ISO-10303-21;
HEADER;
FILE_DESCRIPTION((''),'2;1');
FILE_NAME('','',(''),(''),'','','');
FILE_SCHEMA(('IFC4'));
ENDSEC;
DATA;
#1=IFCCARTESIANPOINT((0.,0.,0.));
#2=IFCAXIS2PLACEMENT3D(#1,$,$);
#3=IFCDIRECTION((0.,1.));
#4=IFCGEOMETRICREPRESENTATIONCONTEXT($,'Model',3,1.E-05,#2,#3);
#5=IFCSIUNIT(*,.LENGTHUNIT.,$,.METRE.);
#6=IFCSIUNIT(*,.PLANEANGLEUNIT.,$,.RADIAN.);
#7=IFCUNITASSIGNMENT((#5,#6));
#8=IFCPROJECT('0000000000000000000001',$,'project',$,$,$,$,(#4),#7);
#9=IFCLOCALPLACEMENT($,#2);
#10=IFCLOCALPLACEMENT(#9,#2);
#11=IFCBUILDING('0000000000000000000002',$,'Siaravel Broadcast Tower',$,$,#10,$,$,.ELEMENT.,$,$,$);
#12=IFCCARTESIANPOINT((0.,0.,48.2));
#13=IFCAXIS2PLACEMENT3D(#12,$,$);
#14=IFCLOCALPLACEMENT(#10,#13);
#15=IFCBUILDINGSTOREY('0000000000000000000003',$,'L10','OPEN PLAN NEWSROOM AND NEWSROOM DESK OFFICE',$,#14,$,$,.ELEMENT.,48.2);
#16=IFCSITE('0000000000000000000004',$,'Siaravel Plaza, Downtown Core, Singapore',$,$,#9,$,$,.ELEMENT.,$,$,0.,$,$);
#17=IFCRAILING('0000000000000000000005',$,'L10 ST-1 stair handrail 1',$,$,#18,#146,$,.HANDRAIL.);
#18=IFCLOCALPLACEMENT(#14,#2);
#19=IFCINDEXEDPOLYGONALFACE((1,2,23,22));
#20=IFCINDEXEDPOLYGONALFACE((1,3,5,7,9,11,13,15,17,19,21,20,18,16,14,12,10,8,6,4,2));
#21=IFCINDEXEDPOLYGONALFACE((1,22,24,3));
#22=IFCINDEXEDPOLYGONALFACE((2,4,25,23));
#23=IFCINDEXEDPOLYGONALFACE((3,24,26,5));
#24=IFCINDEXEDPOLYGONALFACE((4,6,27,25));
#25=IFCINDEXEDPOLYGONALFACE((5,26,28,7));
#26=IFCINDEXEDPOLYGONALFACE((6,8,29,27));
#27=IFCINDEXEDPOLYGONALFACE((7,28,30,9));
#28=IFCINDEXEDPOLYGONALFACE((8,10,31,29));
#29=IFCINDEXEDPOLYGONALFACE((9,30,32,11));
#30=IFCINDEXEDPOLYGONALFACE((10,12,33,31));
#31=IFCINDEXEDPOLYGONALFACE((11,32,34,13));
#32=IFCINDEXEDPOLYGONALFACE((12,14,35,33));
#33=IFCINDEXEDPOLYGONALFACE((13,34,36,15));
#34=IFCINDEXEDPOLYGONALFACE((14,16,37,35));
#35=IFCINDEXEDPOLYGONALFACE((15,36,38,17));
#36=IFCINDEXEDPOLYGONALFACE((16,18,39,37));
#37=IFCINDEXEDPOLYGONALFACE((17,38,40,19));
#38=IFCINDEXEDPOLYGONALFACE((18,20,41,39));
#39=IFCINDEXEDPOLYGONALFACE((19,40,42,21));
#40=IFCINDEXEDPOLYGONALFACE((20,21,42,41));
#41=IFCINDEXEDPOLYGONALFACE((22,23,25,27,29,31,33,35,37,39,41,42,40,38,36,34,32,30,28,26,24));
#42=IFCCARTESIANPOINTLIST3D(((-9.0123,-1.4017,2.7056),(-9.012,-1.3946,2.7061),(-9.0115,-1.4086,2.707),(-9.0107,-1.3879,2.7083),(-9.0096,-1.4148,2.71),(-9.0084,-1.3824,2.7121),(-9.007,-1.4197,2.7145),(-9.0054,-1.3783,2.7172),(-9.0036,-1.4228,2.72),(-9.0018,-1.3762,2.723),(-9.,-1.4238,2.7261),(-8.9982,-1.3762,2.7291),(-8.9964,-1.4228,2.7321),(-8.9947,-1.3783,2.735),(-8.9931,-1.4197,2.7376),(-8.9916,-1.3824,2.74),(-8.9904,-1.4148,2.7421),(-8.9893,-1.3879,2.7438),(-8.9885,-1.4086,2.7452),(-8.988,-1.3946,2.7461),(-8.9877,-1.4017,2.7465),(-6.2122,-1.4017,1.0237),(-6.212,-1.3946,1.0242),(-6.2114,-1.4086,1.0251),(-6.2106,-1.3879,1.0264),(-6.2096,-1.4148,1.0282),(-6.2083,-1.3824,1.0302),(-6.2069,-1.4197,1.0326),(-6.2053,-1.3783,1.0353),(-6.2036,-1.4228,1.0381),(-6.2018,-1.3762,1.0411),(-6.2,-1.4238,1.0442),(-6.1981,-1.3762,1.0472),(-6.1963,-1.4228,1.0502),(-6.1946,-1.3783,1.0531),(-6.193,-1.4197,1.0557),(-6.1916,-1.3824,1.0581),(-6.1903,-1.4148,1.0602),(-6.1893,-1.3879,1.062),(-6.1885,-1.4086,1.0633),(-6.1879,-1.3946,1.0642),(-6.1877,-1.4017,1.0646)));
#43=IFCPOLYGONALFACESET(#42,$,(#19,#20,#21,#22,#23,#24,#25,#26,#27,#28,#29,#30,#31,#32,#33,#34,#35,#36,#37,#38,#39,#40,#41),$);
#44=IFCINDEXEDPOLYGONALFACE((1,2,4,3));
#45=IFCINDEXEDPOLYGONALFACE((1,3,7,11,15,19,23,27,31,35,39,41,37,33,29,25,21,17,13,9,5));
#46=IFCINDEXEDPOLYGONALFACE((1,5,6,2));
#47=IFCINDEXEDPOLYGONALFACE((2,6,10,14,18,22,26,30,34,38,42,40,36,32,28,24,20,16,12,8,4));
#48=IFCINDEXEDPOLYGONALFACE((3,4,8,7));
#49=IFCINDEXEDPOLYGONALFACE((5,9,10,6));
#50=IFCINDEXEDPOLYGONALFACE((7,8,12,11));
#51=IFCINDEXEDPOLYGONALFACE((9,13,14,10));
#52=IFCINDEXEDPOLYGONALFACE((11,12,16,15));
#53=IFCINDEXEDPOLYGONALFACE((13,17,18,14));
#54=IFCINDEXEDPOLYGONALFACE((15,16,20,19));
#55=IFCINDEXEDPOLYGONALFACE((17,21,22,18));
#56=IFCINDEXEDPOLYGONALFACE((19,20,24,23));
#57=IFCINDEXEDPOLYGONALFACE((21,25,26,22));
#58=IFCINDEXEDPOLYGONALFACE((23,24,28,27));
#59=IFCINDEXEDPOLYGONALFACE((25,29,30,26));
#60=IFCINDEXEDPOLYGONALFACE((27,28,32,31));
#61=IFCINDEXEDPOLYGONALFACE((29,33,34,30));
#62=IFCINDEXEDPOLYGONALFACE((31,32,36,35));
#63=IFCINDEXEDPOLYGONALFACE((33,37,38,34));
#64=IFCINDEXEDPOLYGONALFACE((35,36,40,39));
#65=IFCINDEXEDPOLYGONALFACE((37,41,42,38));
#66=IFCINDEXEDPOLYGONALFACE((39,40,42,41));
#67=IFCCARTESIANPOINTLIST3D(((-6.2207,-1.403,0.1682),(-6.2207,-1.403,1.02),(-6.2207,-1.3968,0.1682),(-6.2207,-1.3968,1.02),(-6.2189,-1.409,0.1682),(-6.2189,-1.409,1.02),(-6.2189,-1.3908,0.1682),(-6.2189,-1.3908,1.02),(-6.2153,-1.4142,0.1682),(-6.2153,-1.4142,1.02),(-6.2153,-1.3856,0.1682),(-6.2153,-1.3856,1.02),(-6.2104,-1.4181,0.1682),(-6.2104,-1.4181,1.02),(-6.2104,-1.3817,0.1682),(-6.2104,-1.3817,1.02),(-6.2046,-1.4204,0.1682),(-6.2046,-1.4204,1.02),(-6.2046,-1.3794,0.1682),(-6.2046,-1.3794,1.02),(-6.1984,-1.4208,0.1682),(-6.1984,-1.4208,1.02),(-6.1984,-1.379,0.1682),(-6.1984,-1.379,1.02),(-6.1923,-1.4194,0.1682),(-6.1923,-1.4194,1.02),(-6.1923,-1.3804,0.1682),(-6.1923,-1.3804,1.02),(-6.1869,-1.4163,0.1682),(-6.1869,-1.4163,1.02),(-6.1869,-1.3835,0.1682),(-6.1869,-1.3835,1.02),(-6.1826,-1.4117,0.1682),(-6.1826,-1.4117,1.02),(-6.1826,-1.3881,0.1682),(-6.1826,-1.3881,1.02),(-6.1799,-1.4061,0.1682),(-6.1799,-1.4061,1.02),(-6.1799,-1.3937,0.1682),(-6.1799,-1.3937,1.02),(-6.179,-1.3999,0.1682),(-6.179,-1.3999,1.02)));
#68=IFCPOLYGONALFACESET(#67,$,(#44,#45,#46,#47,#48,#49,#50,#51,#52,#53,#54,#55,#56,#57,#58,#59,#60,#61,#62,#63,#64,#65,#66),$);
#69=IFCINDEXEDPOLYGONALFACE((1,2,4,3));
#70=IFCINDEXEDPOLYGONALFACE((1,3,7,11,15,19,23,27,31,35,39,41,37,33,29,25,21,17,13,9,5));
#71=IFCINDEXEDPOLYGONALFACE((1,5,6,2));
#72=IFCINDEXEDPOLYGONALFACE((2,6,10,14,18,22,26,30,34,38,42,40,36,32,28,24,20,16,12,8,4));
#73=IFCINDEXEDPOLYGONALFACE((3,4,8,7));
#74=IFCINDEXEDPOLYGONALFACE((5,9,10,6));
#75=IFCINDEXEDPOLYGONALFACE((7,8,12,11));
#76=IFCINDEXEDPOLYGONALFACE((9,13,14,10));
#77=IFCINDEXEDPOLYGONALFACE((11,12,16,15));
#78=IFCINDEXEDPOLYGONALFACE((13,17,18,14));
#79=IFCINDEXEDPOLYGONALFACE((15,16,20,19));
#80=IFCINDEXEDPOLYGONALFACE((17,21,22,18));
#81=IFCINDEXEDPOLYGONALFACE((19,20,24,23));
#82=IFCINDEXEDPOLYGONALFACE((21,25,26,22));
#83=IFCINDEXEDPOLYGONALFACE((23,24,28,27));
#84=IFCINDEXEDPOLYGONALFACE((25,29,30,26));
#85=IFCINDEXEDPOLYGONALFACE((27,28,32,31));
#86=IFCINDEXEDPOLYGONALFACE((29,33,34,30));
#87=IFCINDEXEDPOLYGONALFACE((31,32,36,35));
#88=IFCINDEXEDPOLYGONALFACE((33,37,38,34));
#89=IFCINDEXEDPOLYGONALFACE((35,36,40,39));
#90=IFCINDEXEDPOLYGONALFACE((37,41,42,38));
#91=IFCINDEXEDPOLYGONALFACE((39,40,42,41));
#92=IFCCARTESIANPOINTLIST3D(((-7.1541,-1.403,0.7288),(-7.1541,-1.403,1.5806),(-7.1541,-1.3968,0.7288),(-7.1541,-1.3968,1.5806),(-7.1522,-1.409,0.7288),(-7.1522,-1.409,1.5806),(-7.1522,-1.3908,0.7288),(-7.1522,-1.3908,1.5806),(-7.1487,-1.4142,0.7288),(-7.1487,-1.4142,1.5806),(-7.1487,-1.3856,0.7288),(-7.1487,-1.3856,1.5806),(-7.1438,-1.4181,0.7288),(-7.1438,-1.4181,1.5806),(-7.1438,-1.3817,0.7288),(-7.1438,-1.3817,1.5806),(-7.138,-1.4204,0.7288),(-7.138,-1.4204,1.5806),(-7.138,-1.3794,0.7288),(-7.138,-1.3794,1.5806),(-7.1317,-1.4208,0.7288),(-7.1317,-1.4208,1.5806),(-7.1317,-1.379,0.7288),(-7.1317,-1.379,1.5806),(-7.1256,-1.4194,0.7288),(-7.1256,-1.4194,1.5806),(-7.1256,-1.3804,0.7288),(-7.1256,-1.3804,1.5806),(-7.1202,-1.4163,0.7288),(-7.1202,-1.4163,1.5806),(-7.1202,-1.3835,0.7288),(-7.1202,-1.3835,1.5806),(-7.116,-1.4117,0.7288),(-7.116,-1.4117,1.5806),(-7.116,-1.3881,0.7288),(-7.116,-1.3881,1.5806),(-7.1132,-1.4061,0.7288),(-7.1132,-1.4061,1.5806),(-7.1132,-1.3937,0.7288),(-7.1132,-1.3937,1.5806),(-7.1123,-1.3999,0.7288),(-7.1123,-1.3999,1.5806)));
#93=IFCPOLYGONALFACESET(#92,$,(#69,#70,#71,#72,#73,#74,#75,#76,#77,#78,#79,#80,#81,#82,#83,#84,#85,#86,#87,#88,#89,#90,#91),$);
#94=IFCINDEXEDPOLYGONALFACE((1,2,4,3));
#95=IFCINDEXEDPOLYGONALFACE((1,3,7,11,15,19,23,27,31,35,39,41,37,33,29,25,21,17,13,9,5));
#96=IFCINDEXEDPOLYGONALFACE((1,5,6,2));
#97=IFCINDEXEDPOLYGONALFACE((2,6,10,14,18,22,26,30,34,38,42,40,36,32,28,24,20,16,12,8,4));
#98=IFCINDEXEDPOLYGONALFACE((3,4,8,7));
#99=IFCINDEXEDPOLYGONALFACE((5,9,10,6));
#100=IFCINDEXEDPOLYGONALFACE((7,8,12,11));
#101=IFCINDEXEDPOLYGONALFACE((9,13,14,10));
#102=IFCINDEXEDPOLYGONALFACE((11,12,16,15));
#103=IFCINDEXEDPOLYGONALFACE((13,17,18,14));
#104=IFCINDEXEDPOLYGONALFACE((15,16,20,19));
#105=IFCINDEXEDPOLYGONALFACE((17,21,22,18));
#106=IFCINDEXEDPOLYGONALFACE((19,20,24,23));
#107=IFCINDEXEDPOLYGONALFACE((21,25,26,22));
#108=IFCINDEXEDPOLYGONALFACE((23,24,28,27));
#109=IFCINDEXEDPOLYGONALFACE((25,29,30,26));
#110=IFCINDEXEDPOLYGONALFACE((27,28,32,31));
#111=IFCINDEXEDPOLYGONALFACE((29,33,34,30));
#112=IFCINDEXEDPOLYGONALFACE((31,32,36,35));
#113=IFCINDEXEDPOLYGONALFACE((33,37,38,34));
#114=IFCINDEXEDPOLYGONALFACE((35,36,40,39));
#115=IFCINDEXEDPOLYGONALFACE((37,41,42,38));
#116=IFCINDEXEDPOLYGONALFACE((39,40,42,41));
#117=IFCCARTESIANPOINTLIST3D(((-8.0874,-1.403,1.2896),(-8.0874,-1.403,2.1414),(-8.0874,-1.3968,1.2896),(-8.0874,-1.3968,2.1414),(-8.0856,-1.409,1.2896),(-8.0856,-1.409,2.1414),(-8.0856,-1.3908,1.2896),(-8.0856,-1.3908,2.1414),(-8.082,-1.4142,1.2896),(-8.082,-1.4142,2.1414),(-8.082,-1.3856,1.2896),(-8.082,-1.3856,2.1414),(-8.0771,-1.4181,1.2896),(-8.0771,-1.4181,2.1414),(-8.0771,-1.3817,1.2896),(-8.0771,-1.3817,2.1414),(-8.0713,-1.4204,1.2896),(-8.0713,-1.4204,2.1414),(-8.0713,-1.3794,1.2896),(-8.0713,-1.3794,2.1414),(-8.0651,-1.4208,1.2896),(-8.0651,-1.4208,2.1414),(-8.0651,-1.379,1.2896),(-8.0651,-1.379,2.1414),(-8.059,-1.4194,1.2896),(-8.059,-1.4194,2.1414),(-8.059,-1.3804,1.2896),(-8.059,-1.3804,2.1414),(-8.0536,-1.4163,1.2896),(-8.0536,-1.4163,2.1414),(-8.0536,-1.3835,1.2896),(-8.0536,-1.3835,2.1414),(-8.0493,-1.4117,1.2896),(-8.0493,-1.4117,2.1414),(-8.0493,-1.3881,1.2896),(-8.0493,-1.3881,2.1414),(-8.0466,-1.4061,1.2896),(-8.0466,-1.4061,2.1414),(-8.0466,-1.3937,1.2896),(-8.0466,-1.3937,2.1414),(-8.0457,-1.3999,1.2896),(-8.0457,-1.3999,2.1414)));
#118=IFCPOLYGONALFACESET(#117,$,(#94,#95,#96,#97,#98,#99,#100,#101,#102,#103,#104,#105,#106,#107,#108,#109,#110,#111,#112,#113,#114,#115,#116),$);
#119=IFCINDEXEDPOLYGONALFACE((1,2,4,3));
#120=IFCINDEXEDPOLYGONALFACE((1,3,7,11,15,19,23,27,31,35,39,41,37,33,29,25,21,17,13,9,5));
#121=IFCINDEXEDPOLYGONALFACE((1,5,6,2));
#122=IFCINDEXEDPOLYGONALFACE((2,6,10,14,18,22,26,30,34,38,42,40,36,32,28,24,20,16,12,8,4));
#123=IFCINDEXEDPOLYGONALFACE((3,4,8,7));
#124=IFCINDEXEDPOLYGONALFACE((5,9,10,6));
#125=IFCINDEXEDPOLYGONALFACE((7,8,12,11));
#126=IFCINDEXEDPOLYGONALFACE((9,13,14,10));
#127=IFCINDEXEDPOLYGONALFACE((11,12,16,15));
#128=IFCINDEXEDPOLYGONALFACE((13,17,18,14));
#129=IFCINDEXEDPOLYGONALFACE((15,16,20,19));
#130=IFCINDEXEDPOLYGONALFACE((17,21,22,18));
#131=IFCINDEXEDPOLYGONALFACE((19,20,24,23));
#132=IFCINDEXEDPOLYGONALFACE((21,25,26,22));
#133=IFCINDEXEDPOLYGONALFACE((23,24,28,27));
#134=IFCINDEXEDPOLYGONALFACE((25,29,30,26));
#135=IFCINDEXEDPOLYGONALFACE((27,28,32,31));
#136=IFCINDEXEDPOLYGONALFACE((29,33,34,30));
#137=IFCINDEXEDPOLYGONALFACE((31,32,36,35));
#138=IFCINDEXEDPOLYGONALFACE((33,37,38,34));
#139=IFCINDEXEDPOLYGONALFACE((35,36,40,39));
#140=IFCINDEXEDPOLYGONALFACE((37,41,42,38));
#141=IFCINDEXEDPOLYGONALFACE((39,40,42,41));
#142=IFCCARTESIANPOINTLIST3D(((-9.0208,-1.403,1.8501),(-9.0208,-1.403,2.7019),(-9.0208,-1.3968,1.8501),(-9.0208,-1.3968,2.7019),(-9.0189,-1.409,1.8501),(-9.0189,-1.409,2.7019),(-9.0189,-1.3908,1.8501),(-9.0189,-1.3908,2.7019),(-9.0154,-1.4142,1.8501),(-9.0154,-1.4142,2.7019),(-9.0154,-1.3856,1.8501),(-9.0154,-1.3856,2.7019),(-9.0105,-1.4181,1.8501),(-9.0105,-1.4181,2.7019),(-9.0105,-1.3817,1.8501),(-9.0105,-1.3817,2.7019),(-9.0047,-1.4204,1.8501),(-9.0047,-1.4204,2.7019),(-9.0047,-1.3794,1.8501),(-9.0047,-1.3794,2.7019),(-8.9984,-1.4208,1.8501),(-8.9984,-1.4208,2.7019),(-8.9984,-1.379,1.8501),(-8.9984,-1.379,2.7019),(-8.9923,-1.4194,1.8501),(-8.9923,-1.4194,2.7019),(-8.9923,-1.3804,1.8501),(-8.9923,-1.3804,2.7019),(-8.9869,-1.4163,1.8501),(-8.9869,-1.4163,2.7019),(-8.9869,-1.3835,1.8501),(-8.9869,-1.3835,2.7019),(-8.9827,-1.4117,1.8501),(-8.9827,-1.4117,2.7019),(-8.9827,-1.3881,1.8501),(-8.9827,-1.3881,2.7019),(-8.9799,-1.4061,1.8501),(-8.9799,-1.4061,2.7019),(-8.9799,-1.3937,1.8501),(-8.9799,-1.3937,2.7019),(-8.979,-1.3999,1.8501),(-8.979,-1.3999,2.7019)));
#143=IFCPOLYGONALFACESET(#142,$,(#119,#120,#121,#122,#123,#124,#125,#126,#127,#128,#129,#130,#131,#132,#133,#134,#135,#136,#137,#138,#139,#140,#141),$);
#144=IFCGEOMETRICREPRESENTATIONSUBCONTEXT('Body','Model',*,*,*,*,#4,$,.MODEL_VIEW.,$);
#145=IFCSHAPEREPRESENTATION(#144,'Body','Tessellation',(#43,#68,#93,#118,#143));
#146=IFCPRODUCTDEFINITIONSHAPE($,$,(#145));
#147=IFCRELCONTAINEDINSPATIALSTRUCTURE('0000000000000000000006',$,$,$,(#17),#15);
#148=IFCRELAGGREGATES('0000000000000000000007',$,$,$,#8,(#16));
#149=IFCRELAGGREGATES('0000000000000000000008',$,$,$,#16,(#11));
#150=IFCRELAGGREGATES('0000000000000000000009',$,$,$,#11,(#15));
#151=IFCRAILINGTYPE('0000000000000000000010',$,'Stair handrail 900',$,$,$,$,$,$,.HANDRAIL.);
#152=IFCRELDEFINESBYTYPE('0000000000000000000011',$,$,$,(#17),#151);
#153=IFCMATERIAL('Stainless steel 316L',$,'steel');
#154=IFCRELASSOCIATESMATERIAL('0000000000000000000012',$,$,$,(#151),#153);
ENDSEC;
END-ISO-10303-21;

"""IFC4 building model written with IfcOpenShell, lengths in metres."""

from ifc_helpers import new_model, si_unit, direction, frame, origin, origin_2d, place, context, subcontext, project, spatial, circle, extrude, material, type_object, element, save


model = new_model("IFC4")

# Units and contexts
model_context = context("Model", 3, precision=1e-05, world=origin(), true_north=direction((0.0, 1.0)))
body_context = subcontext(model_context, "Body", "Model", "MODEL_VIEW")
ifc_project = project(units=[si_unit("LENGTHUNIT", "METRE"), si_unit("PLANEANGLEUNIT", "RADIAN")], contexts=[model_context])

# Site, building, storey
site_placement = place(None, origin())
site = spatial("IfcSite", under=ifc_project, at=site_placement, Name="Siaravel Plaza, Downtown Core, Singapore", CompositionType="ELEMENT", RefElevation=0.0)
building_placement = place(site_placement, origin())
building = spatial("IfcBuilding", under=site, at=building_placement, Name="Siaravel Broadcast Tower", CompositionType="ELEMENT")
storey_placement = place(building_placement, frame((0.0, 0.0, 48.2)))
storey = spatial("IfcBuildingStorey", under=building, at=storey_placement, Name="L10", Description="OPEN PLAN NEWSROOM AND NEWSROOM DESK OFFICE", CompositionType="ELEMENT", Elevation=48.2)

# Shared definitions
ifc_material_1 = material(Name="Stainless steel 316L", Category="steel")

# Railing
railing_type_1 = type_object("IfcRailingType", Name="Stair handrail 900", PredefinedType="HANDRAIL", material=ifc_material_1)
railing_1_placement = place(storey_placement, frame((-6.2, -1.3999, 0.1682)))
element("IfcRailing", 1, at=railing_1_placement, inside=storey, type_object=railing_type_1, Name="L10 ST-1 stair handrail 1", PredefinedType="HANDRAIL", context=body_context, shape_type="SweptSolid", body=[
    extrude(circle(Radius=0.0239, at=origin_2d()), frame((0.0, 0.0, 0.876), z_axis=(-0.857242, 0.0, 0.514913), x_axis=(0.0, -1.0, 0.0)), (0.0, 0.0, 1.0), 3.2664),
    extrude(circle(Radius=0.021, at=origin_2d()), origin(), (0.0, 0.0, 1.0), 0.8518),
    extrude(circle(Radius=0.021, at=origin_2d()), frame((-0.9333, 0.0, 0.5605)), (0.0, 0.0, 1.0), 0.8518),
    extrude(circle(Radius=0.021, at=origin_2d()), frame((-1.8667, 0.0, 1.1213)), (0.0, 0.0, 1.0), 0.8518),
    extrude(circle(Radius=0.021, at=origin_2d()), frame((-2.8, 0.0, 1.6819)), (0.0, 0.0, 1.0), 0.8518),
])

save(model, "model.ifc")
